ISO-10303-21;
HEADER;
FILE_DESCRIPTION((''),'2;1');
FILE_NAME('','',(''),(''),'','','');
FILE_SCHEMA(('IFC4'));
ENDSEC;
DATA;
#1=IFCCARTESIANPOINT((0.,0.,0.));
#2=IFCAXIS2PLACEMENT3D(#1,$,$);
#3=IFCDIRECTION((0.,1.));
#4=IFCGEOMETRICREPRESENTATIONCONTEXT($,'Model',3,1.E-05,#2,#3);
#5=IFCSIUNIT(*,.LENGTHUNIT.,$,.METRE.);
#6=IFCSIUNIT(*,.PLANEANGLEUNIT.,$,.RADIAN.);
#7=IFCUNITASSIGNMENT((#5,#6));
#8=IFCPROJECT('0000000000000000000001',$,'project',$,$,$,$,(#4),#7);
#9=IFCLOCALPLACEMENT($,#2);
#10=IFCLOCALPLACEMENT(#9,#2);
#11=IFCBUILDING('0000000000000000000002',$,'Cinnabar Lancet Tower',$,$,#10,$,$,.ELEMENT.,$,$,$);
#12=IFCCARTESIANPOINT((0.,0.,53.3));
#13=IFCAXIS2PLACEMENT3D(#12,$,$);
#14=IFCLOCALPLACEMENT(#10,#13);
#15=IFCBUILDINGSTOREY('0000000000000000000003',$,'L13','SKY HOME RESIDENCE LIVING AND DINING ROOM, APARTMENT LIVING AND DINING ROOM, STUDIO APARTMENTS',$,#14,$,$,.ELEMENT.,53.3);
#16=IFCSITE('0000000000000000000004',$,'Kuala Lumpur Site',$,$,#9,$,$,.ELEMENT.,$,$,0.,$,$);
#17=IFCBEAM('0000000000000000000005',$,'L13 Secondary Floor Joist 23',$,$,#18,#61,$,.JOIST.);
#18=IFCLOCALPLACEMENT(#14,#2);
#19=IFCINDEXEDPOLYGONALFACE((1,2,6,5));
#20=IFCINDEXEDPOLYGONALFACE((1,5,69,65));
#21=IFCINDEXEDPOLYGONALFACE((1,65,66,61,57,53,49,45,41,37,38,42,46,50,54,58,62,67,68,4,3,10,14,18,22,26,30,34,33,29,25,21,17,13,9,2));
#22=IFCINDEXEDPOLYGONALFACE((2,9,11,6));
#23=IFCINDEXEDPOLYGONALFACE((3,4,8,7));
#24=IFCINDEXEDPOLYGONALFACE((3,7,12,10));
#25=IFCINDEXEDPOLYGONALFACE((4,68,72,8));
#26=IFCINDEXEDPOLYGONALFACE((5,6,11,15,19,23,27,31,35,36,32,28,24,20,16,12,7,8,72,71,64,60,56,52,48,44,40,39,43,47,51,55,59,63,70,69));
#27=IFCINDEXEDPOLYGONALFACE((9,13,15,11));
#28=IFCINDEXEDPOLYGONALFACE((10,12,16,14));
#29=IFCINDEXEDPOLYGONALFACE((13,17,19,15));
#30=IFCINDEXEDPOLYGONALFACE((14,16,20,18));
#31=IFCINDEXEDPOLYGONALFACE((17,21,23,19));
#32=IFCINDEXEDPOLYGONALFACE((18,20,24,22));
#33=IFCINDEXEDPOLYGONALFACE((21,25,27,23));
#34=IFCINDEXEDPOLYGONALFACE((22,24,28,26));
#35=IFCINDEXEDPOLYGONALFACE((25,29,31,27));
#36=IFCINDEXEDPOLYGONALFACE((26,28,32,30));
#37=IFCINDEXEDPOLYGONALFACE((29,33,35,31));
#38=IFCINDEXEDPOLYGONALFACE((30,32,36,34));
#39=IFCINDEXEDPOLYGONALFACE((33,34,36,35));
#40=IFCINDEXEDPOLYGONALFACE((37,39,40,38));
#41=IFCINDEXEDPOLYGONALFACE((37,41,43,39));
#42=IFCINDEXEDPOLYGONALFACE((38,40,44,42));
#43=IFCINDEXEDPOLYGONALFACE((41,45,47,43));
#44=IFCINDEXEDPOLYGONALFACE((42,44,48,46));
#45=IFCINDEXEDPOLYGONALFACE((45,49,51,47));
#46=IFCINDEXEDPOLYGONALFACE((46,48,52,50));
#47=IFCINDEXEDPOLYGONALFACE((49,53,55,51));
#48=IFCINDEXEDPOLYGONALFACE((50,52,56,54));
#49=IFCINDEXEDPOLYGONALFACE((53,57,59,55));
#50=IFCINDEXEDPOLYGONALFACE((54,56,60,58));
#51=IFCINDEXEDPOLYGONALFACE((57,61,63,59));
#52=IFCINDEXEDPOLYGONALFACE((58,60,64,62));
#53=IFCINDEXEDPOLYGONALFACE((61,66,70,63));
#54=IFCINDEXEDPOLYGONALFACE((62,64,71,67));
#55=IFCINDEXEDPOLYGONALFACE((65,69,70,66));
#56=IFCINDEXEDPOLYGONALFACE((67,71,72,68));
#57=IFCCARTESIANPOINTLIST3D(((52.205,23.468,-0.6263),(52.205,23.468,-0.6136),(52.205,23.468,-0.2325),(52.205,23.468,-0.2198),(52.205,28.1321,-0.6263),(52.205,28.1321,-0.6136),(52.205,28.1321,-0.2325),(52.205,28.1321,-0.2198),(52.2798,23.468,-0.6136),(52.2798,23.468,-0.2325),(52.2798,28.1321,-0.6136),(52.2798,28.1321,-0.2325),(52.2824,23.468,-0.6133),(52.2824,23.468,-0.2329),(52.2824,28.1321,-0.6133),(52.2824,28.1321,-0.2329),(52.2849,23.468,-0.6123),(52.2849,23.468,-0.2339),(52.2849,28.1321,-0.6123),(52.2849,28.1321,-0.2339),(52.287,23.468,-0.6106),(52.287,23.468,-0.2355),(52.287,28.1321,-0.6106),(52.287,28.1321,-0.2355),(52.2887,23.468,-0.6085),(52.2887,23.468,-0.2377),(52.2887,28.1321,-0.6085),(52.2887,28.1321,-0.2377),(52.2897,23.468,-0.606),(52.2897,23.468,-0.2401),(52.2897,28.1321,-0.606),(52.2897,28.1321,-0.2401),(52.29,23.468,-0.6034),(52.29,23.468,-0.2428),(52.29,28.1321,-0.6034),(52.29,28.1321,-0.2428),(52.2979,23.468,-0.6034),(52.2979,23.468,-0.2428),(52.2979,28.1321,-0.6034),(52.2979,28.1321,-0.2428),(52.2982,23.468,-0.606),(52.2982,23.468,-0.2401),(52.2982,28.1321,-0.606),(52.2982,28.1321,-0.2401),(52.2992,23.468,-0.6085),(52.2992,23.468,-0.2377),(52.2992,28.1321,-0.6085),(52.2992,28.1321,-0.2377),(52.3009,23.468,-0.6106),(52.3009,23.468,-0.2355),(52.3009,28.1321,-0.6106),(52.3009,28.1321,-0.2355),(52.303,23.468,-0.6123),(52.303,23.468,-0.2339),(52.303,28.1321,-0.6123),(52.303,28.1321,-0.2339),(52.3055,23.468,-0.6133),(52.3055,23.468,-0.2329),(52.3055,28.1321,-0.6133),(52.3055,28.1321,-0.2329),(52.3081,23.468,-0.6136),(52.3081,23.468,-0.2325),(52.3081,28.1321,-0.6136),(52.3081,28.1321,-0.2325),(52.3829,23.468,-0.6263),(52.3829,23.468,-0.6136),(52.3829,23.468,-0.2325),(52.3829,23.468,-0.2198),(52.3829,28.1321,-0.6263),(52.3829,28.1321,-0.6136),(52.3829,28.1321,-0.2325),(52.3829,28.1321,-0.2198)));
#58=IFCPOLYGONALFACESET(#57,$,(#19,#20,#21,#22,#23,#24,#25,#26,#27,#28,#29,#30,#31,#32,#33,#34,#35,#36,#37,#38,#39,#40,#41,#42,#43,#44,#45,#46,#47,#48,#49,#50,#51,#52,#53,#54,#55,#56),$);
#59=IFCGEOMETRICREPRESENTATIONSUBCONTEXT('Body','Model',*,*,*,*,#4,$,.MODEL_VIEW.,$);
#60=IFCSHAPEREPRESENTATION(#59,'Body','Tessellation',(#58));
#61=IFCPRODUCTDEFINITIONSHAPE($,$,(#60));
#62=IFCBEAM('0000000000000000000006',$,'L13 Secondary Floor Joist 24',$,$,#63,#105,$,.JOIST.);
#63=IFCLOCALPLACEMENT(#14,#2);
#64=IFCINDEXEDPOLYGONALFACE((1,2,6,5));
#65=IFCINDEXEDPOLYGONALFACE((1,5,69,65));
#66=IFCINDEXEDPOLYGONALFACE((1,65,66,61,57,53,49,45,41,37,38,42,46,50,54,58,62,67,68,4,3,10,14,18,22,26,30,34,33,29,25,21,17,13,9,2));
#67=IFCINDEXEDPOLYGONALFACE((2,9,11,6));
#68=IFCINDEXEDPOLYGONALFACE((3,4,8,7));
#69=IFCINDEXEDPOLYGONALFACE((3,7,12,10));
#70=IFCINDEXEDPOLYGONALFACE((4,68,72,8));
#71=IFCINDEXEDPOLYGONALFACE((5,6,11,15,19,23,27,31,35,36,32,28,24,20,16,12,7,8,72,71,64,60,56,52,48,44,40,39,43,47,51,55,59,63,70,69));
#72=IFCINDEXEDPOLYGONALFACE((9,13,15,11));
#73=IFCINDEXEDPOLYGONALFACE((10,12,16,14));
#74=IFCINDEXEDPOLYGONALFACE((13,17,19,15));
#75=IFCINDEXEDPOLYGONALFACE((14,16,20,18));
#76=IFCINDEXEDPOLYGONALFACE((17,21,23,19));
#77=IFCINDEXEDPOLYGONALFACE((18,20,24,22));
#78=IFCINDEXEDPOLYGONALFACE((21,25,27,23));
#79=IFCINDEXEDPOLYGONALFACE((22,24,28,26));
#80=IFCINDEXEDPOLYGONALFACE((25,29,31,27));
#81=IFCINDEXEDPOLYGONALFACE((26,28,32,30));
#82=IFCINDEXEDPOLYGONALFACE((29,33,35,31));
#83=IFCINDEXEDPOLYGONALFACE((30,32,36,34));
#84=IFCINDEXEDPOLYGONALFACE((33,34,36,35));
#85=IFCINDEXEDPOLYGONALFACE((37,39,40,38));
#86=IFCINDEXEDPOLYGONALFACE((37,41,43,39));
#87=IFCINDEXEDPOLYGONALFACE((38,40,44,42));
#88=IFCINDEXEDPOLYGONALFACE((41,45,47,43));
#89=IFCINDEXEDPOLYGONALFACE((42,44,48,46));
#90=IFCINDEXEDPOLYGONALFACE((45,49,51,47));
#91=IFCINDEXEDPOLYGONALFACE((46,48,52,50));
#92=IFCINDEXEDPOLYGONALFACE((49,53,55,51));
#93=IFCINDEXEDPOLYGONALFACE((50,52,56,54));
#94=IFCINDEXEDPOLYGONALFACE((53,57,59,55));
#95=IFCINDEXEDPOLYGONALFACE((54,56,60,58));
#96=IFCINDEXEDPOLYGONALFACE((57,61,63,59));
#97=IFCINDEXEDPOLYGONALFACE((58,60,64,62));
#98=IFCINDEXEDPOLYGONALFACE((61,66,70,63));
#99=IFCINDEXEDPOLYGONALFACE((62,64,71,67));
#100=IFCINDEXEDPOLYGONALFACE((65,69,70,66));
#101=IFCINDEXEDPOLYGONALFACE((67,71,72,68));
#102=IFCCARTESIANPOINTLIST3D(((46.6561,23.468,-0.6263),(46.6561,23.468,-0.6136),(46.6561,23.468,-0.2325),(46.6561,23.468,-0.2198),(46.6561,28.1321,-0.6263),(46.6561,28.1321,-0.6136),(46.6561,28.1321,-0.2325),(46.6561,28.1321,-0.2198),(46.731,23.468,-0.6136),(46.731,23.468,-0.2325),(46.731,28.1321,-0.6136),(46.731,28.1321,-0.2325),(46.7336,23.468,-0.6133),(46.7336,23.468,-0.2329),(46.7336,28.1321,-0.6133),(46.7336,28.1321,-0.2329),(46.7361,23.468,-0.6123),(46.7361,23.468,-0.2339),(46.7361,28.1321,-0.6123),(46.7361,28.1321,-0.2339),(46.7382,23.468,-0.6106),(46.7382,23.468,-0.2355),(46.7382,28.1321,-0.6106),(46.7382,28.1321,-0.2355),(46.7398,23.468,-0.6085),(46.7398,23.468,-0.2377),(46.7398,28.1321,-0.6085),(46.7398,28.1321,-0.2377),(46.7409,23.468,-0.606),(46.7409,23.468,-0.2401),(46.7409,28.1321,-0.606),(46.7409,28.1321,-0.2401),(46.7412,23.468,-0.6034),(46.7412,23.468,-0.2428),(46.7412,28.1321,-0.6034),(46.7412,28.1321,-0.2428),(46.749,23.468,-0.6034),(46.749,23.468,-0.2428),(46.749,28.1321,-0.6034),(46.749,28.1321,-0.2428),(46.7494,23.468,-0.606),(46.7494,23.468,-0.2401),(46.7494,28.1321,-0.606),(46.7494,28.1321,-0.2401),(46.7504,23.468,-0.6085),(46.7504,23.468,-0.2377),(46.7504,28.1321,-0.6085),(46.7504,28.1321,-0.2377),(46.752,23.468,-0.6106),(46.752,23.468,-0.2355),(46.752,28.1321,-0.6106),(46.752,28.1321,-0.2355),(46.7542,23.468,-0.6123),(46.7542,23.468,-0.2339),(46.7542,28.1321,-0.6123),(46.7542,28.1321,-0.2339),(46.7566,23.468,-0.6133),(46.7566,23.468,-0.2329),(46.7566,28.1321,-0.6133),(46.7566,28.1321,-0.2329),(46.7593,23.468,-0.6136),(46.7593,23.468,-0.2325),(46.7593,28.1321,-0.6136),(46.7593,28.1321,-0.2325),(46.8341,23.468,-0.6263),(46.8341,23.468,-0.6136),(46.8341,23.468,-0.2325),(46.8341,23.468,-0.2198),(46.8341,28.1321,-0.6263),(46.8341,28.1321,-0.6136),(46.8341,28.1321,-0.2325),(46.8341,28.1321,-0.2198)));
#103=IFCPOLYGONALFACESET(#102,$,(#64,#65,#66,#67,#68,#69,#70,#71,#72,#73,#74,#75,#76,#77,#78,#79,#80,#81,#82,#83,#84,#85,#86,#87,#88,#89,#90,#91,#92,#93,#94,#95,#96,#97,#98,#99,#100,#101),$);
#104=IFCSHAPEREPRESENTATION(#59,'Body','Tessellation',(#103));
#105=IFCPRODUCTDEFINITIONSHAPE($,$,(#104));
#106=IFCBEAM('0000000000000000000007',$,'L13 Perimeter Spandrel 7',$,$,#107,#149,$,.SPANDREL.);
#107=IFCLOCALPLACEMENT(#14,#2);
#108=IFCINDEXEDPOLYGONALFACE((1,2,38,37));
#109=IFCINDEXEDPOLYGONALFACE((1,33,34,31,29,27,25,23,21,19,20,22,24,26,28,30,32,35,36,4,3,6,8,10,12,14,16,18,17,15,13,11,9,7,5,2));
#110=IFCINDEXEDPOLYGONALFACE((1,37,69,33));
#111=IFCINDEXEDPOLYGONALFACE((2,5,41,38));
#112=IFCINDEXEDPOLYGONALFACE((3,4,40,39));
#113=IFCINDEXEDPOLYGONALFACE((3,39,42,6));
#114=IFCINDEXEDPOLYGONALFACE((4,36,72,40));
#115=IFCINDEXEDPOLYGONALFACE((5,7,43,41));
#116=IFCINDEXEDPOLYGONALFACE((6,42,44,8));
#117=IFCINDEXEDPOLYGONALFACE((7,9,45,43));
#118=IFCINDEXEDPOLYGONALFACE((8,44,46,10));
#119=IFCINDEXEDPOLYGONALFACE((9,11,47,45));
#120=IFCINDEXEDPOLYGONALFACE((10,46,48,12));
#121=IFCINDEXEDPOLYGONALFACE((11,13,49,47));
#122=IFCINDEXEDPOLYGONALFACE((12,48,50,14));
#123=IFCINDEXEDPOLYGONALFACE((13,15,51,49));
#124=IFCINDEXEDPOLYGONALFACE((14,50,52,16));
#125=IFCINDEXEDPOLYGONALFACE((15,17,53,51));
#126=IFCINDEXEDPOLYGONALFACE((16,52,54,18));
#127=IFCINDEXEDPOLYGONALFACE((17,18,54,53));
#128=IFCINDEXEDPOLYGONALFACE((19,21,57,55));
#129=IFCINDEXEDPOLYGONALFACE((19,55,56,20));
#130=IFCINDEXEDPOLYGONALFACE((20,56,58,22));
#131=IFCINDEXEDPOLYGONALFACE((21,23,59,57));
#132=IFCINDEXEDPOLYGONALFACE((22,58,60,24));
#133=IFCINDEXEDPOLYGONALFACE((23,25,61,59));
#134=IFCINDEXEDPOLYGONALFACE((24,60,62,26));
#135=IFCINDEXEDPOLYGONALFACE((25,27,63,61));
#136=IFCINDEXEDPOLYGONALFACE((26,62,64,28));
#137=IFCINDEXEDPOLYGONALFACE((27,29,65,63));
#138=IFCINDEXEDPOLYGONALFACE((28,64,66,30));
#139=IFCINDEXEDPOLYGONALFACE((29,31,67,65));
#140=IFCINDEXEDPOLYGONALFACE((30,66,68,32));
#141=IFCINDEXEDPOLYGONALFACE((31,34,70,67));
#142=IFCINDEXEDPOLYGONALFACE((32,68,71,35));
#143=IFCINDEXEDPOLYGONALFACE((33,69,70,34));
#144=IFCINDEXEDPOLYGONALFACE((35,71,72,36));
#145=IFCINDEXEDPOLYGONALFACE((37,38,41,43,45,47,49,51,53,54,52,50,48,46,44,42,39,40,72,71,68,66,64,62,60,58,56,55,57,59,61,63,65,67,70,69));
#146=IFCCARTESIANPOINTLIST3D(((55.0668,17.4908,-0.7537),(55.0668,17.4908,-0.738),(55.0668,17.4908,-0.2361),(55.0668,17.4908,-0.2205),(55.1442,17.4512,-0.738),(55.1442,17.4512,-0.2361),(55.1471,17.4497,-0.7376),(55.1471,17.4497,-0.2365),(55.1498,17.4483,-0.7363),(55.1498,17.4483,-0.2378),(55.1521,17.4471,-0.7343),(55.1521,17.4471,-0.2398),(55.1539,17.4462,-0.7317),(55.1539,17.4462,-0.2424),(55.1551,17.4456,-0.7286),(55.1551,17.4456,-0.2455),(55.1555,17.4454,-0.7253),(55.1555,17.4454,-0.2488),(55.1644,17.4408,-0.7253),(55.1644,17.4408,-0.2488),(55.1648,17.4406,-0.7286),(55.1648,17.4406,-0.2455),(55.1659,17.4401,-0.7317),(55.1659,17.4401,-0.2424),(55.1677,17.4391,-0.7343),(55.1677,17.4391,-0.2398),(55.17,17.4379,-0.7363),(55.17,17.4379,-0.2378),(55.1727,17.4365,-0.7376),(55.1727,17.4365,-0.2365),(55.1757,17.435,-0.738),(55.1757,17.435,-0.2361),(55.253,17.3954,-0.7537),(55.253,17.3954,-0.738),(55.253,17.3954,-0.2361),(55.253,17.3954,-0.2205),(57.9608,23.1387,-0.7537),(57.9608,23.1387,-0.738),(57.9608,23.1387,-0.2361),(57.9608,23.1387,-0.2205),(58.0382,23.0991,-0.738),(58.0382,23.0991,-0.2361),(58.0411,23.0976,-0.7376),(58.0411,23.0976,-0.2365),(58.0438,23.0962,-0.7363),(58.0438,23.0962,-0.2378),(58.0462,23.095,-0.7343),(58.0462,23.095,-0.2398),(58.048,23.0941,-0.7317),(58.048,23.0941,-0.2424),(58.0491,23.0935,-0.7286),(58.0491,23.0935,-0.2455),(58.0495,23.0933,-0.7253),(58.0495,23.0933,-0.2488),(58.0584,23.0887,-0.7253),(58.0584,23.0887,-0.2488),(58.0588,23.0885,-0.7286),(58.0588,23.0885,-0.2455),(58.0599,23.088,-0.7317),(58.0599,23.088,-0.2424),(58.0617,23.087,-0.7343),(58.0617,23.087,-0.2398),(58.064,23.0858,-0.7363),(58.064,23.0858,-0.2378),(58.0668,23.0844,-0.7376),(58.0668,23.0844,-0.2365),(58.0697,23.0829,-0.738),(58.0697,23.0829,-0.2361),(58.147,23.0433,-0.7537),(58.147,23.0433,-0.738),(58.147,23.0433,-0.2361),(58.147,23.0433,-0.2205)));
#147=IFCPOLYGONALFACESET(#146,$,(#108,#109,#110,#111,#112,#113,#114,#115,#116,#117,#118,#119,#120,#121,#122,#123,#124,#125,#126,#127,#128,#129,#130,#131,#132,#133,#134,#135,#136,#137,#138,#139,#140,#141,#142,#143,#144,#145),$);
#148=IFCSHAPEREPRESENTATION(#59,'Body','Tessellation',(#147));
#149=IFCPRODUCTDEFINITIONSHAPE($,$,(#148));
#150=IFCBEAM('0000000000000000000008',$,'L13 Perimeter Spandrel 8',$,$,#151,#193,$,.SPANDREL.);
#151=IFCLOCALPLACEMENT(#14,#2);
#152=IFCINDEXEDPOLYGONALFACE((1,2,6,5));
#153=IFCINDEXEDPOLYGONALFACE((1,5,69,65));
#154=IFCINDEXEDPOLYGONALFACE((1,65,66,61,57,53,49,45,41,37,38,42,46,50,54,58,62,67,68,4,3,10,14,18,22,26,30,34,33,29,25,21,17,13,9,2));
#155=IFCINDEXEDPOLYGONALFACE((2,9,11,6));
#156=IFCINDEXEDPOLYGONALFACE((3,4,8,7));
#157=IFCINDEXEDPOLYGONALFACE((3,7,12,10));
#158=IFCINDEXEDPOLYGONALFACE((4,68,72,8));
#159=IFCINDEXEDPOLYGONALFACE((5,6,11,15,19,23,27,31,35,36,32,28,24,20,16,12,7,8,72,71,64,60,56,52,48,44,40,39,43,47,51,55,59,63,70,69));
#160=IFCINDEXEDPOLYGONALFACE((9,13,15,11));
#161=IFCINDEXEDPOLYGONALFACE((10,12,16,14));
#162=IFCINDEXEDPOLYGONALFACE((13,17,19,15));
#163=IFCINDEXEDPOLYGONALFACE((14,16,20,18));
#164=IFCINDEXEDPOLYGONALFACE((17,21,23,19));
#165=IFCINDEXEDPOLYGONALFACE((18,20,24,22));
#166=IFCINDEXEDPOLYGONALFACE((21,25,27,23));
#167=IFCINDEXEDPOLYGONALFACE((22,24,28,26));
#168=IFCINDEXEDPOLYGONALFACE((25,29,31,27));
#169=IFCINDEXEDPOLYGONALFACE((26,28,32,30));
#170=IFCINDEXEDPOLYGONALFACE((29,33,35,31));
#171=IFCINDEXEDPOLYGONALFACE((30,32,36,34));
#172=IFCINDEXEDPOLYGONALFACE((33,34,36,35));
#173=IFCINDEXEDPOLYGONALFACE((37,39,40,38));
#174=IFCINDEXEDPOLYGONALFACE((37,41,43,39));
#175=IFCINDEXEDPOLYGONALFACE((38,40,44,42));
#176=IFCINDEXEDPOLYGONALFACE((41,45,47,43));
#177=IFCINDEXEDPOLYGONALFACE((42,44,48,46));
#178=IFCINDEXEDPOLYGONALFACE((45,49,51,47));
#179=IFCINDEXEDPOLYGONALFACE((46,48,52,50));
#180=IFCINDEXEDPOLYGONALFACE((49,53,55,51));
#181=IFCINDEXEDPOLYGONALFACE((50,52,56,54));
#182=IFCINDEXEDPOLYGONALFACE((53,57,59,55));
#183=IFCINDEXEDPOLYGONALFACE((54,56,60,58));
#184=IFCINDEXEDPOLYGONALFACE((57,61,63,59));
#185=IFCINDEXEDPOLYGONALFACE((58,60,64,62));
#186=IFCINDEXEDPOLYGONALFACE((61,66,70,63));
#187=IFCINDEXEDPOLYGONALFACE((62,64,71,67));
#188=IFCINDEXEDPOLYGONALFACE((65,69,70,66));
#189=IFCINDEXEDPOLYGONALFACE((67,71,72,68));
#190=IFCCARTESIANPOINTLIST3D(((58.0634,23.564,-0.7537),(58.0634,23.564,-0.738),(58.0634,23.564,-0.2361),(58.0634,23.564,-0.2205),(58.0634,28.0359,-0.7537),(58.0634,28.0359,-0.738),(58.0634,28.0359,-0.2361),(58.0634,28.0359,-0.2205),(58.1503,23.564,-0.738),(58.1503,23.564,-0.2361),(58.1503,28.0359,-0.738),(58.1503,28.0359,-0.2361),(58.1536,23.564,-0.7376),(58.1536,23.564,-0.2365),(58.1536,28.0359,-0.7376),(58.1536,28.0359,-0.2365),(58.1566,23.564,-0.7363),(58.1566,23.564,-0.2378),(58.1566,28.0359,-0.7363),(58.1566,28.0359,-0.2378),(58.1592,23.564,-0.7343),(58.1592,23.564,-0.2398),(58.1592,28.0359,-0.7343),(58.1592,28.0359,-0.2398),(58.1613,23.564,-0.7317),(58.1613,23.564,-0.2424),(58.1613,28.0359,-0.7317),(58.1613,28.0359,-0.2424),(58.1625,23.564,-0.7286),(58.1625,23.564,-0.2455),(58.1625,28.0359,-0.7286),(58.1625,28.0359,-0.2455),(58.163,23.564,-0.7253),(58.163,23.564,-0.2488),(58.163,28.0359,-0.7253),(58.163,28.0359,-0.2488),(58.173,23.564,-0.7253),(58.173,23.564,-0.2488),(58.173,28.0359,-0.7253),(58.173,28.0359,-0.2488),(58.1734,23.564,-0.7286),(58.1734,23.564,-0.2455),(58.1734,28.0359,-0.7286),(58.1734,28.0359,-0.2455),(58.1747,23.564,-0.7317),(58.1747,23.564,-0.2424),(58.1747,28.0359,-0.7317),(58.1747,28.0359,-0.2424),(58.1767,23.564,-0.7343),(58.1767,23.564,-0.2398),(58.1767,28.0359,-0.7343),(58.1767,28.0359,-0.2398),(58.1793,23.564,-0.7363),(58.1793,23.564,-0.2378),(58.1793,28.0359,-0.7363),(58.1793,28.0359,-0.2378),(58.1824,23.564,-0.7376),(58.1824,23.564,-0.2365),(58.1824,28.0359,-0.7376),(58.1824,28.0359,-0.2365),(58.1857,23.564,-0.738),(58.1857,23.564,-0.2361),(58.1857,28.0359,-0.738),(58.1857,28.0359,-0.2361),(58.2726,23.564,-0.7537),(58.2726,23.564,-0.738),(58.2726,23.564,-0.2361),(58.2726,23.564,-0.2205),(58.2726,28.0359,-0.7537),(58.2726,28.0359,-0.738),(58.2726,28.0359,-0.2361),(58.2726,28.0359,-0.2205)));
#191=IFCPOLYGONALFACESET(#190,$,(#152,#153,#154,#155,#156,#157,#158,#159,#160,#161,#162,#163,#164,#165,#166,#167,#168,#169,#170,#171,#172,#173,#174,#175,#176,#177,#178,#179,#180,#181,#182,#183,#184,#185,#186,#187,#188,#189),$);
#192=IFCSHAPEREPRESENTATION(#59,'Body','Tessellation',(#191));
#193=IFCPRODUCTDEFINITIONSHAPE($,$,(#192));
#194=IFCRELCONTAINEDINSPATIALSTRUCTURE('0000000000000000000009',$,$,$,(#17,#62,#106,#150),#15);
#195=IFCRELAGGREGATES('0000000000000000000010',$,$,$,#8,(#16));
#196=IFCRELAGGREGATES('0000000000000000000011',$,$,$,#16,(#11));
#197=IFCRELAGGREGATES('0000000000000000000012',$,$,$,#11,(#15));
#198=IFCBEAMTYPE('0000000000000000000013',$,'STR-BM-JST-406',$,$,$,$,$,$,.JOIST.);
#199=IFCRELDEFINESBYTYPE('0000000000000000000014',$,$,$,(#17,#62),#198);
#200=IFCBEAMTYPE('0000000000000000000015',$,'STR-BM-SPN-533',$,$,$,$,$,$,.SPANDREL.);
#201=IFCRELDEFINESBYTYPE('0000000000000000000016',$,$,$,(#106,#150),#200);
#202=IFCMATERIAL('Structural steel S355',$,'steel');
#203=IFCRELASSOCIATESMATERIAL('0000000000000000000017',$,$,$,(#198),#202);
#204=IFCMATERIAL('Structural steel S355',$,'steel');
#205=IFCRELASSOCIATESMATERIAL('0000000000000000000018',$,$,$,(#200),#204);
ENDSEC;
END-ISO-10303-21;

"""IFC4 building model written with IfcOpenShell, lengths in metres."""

from ifc_helpers import new_model, si_unit, direction, frame, origin, origin_2d, place, context, subcontext, project, spatial, i_section, extrude, material, material_profile, profile_set, type_object, element, save


model = new_model("IFC4")

# Units and contexts
model_context = context("Model", 3, precision=1e-05, world=origin(), true_north=direction((0.0, 1.0)))
body_context = subcontext(model_context, "Body", "Model", "MODEL_VIEW")
ifc_project = project(units=[si_unit("LENGTHUNIT", "METRE"), si_unit("PLANEANGLEUNIT", "RADIAN")], contexts=[model_context])

# Site, building, storey
site_placement = place(None, origin())
site = spatial("IfcSite", under=ifc_project, at=site_placement, Name="Kuala Lumpur Site", CompositionType="ELEMENT", RefElevation=0.0)
building_placement = place(site_placement, origin())
building = spatial("IfcBuilding", under=site, at=building_placement, Name="Cinnabar Lancet Tower", CompositionType="ELEMENT")
storey_placement = place(building_placement, frame((0.0, 0.0, 53.3)))
storey = spatial("IfcBuildingStorey", under=building, at=storey_placement, Name="L13", Description="SKY HOME RESIDENCE LIVING AND DINING ROOM, APARTMENT LIVING AND DINING ROOM, STUDIO APARTMENTS", CompositionType="ELEMENT", Elevation=53.3)

# Beams
ifc_material_1 = material(Name="Structural steel S355", Category="steel")
ifc_material_profile_1 = material_profile(ifc_material_1, i_section(OverallWidth=0.178, OverallDepth=0.4065, WebThickness=0.0078, FlangeThickness=0.0127, FilletRadius=0.0103, at=origin_2d()), Name="UKB 406x178x60")
ifc_profile_set_1 = profile_set([ifc_material_profile_1], Name="Structural steel S355")
beam_type_1 = type_object("IfcBeamType", Name="STR-BM-JST-406", PredefinedType="JOIST", material=ifc_profile_set_1)
for number, where, z_axis, x_axis, name in (
    (1, (52.2939, 23.468, -0.4231), (0.0, 1.0, 0.0), (-1.0, 0.0, 0.0), "L13 Secondary Floor Joist 23"),
    (2, (46.7451, 23.468, -0.4231), (0.0, 1.0, 0.0), (-1.0, 0.0, 0.0), "L13 Secondary Floor Joist 24"),
):
    element("IfcBeam", number, at=place(storey_placement, frame(where, z_axis=z_axis, x_axis=x_axis)), inside=storey, type_object=beam_type_1, Name=name, PredefinedType="JOIST", context=body_context, shape_type="SweptSolid", body=[
        extrude(i_section(OverallWidth=0.178, OverallDepth=0.4065, WebThickness=0.0078, FlangeThickness=0.0127, FilletRadius=0.0103, at=origin_2d()), origin(), (0.0, 0.0, 1.0), 4.6641),
    ])
ifc_material_2 = material(Name="Structural steel S355", Category="steel")
ifc_material_profile_2 = material_profile(ifc_material_2, i_section(OverallWidth=0.2092, OverallDepth=0.5332, WebThickness=0.01, FlangeThickness=0.0156, FilletRadius=0.0127, at=origin_2d()), Name="UKB 533x210x92")
ifc_profile_set_2 = profile_set([ifc_material_profile_2], Name="Structural steel S355")
beam_type_2 = type_object("IfcBeamType", Name="STR-BM-SPN-533", PredefinedType="SPANDREL", material=ifc_profile_set_2)
beam_1_placement = place(storey_placement, frame((55.1599, 17.4431, -0.4871), z_axis=(0.456025, 0.889967, 0.0), x_axis=(-0.889967, 0.456025, 0.0)))
element("IfcBeam", 3, at=beam_1_placement, inside=storey, type_object=beam_type_2, Name="L13 Perimeter Spandrel 7", PredefinedType="SPANDREL", context=body_context, shape_type="SweptSolid", body=[
    extrude(i_section(OverallWidth=0.2092, OverallDepth=0.5332, WebThickness=0.01, FlangeThickness=0.0156, FilletRadius=0.0127, at=origin_2d()), origin(), (0.0, 0.0, 1.0), 6.3462),
])
beam_2_placement = place(storey_placement, frame((58.168, 23.564, -0.4871), z_axis=(0.0, 1.0, 0.0), x_axis=(-1.0, 0.0, 0.0)))
element("IfcBeam", 4, at=beam_2_placement, inside=storey, type_object=beam_type_2, Name="L13 Perimeter Spandrel 8", PredefinedType="SPANDREL", context=body_context, shape_type="SweptSolid", body=[
    extrude(i_section(OverallWidth=0.2092, OverallDepth=0.5332, WebThickness=0.01, FlangeThickness=0.0156, FilletRadius=0.0127, at=origin_2d()), origin(), (0.0, 0.0, 1.0), 4.4719),
])

save(model, "model.ifc")
